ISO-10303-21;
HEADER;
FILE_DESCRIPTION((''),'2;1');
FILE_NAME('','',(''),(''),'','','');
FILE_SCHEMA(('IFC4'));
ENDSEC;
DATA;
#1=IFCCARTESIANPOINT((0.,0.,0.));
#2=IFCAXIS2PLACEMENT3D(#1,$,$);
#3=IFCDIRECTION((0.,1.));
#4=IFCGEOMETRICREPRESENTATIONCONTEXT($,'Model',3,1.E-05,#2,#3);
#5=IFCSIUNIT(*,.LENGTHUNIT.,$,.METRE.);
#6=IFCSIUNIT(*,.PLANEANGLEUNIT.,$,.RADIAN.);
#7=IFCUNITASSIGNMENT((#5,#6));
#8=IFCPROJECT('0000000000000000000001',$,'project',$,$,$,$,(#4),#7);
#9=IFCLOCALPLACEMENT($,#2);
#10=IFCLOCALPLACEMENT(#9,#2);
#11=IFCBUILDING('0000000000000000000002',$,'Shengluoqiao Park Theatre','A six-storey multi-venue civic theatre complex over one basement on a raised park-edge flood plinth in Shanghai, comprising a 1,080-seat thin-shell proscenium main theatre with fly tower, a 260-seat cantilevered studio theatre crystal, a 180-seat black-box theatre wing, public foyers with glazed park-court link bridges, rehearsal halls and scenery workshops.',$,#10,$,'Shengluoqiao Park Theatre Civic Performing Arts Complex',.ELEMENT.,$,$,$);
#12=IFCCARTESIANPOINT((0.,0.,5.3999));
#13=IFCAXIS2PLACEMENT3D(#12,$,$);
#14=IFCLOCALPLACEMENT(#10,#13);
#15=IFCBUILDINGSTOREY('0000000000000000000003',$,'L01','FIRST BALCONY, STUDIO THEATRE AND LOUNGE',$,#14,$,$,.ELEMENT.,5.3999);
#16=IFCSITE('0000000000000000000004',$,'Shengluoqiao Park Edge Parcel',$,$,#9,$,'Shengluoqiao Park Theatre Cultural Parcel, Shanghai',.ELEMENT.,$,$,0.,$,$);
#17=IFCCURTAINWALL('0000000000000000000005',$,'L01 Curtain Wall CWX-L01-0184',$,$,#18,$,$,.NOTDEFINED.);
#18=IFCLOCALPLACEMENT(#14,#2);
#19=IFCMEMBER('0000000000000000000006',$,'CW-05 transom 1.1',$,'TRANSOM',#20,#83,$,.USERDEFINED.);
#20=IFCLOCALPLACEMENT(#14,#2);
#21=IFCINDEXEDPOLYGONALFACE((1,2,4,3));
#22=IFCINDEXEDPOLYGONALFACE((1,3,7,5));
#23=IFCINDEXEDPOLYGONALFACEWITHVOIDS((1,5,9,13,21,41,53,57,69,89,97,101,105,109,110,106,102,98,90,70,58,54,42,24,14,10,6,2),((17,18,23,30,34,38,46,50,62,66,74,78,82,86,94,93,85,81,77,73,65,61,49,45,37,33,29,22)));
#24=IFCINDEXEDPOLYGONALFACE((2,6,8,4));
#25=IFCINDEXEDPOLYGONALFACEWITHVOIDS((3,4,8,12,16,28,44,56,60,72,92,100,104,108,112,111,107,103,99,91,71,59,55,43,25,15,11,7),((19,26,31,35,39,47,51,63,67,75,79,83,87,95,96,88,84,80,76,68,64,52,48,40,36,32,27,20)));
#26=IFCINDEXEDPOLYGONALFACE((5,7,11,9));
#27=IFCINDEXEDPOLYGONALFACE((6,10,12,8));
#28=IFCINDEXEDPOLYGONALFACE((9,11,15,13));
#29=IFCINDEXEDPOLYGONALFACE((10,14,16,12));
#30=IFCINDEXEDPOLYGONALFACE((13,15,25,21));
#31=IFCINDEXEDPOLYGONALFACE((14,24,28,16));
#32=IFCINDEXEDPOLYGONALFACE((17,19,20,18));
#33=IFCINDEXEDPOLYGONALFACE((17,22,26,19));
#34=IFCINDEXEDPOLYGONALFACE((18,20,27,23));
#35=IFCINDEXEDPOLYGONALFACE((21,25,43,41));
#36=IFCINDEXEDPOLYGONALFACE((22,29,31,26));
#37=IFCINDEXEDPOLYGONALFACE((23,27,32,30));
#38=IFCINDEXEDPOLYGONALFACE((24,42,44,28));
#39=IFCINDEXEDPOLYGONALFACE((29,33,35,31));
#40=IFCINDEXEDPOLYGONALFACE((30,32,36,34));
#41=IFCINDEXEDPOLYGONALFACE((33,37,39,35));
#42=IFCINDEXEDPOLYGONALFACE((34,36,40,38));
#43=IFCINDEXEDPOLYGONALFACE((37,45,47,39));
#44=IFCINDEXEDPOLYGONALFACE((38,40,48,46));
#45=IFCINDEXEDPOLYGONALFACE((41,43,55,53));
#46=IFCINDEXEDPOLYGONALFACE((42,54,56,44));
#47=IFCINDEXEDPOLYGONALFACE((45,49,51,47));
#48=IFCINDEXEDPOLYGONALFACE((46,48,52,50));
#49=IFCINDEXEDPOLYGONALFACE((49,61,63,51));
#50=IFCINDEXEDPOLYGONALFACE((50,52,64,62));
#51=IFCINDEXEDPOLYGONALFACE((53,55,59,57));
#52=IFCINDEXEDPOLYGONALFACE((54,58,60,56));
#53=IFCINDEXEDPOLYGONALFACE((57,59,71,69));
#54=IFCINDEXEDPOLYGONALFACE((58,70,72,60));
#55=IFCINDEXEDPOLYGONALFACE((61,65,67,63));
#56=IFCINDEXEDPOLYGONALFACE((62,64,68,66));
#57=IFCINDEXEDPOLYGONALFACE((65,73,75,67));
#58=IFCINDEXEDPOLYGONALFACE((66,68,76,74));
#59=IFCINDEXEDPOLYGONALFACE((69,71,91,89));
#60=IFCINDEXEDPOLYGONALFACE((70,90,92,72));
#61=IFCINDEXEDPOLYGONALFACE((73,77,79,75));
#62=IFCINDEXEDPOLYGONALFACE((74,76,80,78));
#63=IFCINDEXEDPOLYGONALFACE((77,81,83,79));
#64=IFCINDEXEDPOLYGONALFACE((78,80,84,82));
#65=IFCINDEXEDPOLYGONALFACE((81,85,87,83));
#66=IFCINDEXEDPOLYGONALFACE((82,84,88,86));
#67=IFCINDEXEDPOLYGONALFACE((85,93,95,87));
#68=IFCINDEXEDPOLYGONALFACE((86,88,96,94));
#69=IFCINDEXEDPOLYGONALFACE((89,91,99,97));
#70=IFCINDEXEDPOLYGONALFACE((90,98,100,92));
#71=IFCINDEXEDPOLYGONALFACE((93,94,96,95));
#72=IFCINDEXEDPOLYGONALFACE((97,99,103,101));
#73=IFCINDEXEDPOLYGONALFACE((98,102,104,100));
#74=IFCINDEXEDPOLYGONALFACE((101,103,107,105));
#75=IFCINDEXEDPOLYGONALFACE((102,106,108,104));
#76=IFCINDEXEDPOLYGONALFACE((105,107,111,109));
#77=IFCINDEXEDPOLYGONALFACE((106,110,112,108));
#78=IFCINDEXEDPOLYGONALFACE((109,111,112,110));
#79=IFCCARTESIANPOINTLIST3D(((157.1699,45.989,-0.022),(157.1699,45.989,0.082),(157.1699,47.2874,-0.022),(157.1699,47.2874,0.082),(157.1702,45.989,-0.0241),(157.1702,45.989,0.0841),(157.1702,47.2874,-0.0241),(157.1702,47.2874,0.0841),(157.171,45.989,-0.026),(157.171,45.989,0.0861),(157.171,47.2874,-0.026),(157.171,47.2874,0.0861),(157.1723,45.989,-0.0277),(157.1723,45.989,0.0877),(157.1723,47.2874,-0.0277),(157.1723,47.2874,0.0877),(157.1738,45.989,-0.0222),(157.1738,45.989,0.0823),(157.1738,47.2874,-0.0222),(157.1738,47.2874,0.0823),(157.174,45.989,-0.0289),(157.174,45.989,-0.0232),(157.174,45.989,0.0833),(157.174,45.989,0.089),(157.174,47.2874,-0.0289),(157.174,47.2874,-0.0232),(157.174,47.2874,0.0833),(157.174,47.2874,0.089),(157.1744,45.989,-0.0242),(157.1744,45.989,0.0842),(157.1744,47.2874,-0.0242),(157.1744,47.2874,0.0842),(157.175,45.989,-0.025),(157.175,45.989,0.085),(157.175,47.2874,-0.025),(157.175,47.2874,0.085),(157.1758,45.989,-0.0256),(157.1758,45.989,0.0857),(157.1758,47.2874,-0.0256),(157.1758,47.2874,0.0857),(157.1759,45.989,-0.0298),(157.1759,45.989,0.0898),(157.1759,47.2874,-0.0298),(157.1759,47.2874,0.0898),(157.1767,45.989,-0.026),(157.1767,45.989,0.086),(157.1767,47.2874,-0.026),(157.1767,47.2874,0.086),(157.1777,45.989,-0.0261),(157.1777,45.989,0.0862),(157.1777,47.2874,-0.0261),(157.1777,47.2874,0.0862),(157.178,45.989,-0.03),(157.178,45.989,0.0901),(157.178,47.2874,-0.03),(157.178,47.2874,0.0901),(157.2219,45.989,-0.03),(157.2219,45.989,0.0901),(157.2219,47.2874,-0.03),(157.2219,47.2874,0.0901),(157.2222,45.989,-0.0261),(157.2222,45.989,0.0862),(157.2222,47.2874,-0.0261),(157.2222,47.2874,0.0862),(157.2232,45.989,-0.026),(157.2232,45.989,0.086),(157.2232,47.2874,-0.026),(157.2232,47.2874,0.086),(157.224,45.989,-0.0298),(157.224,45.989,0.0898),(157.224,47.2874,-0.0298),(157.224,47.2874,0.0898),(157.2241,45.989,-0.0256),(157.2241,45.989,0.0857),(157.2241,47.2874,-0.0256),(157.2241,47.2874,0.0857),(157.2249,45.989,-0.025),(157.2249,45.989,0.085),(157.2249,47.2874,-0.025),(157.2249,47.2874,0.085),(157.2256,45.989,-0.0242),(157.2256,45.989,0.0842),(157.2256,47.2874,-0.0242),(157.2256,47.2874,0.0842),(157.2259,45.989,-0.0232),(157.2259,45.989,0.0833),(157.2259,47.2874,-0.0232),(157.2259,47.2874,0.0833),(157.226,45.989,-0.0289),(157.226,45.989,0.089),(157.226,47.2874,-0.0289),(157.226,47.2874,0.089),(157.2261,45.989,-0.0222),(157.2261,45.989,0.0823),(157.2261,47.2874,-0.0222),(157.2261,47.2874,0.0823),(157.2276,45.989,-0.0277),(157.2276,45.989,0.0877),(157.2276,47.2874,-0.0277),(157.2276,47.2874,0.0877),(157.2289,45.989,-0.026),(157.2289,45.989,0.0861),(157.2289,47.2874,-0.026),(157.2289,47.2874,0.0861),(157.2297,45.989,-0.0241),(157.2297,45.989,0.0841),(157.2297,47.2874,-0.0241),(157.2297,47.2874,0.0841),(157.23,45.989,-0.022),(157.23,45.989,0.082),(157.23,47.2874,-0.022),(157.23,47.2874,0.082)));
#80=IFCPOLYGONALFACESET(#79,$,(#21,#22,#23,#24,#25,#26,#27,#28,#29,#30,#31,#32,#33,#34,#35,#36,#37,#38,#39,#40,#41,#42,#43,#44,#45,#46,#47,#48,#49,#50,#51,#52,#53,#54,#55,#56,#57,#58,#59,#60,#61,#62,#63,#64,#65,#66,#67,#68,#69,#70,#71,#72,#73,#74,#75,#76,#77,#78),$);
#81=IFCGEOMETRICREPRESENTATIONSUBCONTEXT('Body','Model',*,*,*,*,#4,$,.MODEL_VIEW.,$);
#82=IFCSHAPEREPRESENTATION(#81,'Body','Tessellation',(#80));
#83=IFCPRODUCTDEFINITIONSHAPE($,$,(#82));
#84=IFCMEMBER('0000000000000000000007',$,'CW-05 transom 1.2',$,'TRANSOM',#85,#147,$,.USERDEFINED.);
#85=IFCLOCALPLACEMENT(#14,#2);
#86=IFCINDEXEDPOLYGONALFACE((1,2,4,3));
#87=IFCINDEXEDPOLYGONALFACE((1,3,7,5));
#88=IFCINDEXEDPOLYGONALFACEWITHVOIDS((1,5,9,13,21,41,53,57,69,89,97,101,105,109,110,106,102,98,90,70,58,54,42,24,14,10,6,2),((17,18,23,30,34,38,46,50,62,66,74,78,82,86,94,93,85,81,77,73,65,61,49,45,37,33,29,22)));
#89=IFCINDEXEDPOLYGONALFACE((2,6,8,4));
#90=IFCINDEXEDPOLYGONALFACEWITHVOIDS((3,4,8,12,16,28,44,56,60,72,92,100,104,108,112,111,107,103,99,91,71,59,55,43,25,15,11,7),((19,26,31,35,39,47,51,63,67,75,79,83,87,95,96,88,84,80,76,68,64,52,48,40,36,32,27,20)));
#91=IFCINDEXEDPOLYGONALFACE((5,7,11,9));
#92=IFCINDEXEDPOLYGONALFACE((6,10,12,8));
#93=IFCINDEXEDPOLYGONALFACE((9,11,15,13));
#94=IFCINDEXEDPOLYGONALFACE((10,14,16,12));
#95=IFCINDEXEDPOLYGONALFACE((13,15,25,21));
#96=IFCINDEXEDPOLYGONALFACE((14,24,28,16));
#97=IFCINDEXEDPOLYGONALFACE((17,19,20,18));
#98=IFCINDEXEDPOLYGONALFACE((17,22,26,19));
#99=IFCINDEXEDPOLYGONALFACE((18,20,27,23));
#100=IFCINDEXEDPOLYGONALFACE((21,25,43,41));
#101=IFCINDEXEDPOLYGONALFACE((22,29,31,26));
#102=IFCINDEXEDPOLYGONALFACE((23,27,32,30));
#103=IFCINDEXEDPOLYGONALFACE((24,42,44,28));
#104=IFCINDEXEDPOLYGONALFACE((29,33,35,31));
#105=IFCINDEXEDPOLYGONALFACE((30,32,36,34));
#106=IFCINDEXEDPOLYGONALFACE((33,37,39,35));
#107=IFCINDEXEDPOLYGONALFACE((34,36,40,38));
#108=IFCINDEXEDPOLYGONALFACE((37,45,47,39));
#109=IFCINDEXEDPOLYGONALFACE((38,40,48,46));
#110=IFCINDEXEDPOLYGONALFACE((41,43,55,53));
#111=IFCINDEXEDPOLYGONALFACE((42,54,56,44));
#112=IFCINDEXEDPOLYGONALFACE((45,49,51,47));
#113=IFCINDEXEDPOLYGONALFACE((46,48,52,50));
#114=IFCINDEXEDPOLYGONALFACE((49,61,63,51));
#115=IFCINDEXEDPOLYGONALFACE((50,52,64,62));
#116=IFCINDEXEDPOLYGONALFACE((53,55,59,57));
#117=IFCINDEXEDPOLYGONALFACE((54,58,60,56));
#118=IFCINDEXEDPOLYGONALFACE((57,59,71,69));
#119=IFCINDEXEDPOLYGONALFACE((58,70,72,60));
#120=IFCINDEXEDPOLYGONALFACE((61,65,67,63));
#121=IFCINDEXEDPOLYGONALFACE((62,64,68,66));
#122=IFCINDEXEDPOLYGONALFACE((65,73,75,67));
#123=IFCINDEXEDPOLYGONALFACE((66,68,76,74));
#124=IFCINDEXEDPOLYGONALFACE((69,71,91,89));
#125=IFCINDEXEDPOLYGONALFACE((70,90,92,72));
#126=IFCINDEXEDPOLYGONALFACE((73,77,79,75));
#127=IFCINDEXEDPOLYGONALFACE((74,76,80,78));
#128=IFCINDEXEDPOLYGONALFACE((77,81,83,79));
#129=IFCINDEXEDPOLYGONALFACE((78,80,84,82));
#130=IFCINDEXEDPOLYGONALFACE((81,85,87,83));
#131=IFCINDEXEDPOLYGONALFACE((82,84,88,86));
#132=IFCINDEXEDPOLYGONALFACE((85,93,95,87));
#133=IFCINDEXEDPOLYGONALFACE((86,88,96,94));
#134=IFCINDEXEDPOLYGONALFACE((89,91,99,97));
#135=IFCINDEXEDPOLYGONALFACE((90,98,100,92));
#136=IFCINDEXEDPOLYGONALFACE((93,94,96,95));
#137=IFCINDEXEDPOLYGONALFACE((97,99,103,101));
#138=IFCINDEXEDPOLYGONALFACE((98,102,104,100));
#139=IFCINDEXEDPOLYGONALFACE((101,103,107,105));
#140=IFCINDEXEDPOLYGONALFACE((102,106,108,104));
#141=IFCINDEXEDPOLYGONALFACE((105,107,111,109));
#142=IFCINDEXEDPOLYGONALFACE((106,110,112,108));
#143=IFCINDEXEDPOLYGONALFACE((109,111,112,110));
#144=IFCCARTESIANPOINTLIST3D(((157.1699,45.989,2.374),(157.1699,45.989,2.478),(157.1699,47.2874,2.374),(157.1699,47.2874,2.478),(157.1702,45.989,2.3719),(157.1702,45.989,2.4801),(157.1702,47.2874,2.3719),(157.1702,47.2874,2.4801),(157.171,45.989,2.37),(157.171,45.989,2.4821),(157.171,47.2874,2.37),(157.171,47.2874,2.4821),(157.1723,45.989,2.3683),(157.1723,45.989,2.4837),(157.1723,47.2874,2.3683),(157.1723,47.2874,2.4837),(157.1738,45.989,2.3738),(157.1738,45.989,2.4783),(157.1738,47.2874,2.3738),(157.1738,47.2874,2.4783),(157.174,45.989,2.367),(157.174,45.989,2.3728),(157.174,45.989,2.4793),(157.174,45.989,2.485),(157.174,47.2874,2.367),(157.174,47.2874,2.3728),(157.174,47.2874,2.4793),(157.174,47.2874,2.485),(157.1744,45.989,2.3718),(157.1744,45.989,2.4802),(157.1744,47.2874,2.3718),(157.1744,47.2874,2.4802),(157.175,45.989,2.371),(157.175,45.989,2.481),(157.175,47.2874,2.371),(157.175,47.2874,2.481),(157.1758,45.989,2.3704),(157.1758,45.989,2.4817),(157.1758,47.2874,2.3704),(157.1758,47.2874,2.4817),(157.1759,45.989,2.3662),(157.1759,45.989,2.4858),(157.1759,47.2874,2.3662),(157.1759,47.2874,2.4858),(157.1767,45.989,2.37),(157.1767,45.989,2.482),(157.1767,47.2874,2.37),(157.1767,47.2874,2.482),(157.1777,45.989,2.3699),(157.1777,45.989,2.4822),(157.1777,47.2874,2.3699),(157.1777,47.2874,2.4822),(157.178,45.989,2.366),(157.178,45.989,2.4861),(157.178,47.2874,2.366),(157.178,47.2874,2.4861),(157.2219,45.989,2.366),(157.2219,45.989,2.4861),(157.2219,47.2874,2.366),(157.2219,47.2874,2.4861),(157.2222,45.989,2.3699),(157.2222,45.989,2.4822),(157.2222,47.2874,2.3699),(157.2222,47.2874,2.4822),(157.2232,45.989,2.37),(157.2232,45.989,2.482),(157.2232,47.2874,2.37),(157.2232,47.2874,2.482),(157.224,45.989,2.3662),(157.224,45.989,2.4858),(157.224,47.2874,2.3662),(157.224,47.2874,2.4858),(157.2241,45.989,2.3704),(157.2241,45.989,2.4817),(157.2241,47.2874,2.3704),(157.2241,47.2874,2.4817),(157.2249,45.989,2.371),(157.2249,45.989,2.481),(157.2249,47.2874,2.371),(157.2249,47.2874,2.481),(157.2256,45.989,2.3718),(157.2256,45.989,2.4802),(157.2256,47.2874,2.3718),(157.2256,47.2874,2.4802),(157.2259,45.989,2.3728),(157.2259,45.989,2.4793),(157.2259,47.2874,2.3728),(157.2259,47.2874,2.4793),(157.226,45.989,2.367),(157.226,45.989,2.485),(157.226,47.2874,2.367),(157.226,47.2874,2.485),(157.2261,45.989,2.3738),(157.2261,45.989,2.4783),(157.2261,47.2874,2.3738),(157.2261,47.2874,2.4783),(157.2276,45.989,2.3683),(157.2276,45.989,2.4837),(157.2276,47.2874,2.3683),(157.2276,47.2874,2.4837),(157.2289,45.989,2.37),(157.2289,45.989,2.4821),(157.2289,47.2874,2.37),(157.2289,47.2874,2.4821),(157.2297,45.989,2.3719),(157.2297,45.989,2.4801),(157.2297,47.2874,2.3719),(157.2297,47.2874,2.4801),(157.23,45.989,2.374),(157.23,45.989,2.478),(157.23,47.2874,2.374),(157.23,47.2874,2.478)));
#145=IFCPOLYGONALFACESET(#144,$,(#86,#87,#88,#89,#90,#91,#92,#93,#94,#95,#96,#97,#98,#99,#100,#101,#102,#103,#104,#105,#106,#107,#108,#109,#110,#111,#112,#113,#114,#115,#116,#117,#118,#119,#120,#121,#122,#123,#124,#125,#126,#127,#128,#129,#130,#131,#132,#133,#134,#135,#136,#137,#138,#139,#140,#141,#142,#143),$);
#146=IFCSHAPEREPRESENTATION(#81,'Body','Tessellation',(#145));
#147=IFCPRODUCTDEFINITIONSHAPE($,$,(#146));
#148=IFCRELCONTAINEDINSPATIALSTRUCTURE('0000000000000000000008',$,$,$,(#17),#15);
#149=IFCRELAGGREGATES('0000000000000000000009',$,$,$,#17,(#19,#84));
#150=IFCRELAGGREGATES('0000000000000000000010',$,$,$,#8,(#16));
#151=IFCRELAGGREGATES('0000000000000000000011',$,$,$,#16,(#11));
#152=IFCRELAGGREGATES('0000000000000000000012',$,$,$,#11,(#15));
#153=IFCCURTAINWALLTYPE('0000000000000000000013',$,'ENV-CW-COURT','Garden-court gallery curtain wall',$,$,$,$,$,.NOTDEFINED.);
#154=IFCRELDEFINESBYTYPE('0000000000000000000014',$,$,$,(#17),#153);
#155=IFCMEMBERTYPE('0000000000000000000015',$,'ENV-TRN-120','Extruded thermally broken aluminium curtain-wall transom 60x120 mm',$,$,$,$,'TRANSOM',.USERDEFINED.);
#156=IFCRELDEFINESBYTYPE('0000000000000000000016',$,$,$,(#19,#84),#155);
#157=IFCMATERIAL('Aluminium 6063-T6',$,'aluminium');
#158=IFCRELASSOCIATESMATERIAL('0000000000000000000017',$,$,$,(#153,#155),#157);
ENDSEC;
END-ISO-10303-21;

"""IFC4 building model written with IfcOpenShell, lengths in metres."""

from ifc_helpers import new_model, si_unit, direction, frame, origin, origin_2d, place, context, subcontext, project, spatial, hollow_rectangle, extrude, material, material_profile, profile_set, type_object, element, aggregate, save


model = new_model("IFC4")

# Units and contexts
model_context = context("Model", 3, precision=1e-05, world=origin(), true_north=direction((0.0, 1.0)))
body_context = subcontext(model_context, "Body", "Model", "MODEL_VIEW")
ifc_project = project(units=[si_unit("LENGTHUNIT", "METRE"), si_unit("PLANEANGLEUNIT", "RADIAN")], contexts=[model_context])

# Site, building, storey
site_placement = place(None, origin())
site = spatial("IfcSite", under=ifc_project, at=site_placement, Name="Shengluoqiao Park Edge Parcel", LongName="Shengluoqiao Park Theatre Cultural Parcel, Shanghai", CompositionType="ELEMENT", RefElevation=0.0)
building_placement = place(site_placement, origin())
building = spatial("IfcBuilding", under=site, at=building_placement, Name="Shengluoqiao Park Theatre", Description="A six-storey multi-venue civic theatre complex over one basement on a raised park-edge flood plinth in Shanghai, comprising a 1,080-seat thin-shell proscenium main theatre with fly tower, a 260-seat cantilevered studio theatre crystal, a 180-seat black-box theatre wing, public foyers with glazed park-court link bridges, rehearsal halls and scenery workshops.", LongName="Shengluoqiao Park Theatre Civic Performing Arts Complex", CompositionType="ELEMENT")
storey_placement = place(building_placement, frame((0.0, 0.0, 5.3999)))
storey = spatial("IfcBuildingStorey", under=building, at=storey_placement, Name="L01", Description="FIRST BALCONY, STUDIO THEATRE AND LOUNGE", CompositionType="ELEMENT", Elevation=5.3999)

# Shared definitions
ifc_material_1 = material(Name="Aluminium 6063-T6", Category="aluminium")
curtain_wall_type = type_object("IfcCurtainWallType", Name="ENV-CW-COURT", Description="Garden-court gallery curtain wall", PredefinedType="NOTDEFINED", material=ifc_material_1)

# Curtain wall
curtain_wall_1_placement = place(storey_placement, origin())
curtain_wall_1 = element("IfcCurtainWall", 1, at=curtain_wall_1_placement, inside=storey, type_object=curtain_wall_type, Name="L01 Curtain Wall CWX-L01-0184", PredefinedType="NOTDEFINED")

# Members
ifc_material_profile_1 = material_profile(ifc_material_1, hollow_rectangle(XDim=0.0601, YDim=0.1201, WallThickness=0.0039, InnerFilletRadius=0.0039, OuterFilletRadius=0.0081, at=origin_2d()), Name="ALU TRANSOM 120x60x4")
ifc_profile_set_1 = profile_set([ifc_material_profile_1], Name="Aluminium 6063-T6")
member_type_1 = type_object("IfcMemberType", Name="ENV-TRN-120", Description="Extruded thermally broken aluminium curtain-wall transom 60x120 mm", ElementType="TRANSOM", PredefinedType="USERDEFINED", material=ifc_profile_set_1)
member_1_placement = place(storey_placement, frame((157.2, 45.989, 0.03), z_axis=(0.0, 1.0, 0.0), x_axis=(-1.0, 0.0, 0.0)))
member_1 = element("IfcMember", 2, at=member_1_placement, type_object=member_type_1, Name="CW-05 transom 1.1", ObjectType="TRANSOM", PredefinedType="USERDEFINED", context=body_context, shape_type="SweptSolid", body=[
    extrude(hollow_rectangle(XDim=0.0601, YDim=0.1201, WallThickness=0.0039, InnerFilletRadius=0.0039, OuterFilletRadius=0.0081, at=origin_2d()), origin(), (0.0, 0.0, 1.0), 1.2983),
])
member_2_placement = place(storey_placement, frame((157.2, 45.989, 2.426), z_axis=(0.0, 1.0, 0.0), x_axis=(-1.0, 0.0, 0.0)))
member_2 = element("IfcMember", 3, at=member_2_placement, type_object=member_type_1, Name="CW-05 transom 1.2", ObjectType="TRANSOM", PredefinedType="USERDEFINED", context=body_context, shape_type="SweptSolid", body=[
    extrude(hollow_rectangle(XDim=0.0601, YDim=0.1201, WallThickness=0.0039, InnerFilletRadius=0.0039, OuterFilletRadius=0.0081, at=origin_2d()), origin(), (0.0, 0.0, 1.0), 1.2983),
])
aggregate(curtain_wall_1, [member_1, member_2])

save(model, "model.ifc")
